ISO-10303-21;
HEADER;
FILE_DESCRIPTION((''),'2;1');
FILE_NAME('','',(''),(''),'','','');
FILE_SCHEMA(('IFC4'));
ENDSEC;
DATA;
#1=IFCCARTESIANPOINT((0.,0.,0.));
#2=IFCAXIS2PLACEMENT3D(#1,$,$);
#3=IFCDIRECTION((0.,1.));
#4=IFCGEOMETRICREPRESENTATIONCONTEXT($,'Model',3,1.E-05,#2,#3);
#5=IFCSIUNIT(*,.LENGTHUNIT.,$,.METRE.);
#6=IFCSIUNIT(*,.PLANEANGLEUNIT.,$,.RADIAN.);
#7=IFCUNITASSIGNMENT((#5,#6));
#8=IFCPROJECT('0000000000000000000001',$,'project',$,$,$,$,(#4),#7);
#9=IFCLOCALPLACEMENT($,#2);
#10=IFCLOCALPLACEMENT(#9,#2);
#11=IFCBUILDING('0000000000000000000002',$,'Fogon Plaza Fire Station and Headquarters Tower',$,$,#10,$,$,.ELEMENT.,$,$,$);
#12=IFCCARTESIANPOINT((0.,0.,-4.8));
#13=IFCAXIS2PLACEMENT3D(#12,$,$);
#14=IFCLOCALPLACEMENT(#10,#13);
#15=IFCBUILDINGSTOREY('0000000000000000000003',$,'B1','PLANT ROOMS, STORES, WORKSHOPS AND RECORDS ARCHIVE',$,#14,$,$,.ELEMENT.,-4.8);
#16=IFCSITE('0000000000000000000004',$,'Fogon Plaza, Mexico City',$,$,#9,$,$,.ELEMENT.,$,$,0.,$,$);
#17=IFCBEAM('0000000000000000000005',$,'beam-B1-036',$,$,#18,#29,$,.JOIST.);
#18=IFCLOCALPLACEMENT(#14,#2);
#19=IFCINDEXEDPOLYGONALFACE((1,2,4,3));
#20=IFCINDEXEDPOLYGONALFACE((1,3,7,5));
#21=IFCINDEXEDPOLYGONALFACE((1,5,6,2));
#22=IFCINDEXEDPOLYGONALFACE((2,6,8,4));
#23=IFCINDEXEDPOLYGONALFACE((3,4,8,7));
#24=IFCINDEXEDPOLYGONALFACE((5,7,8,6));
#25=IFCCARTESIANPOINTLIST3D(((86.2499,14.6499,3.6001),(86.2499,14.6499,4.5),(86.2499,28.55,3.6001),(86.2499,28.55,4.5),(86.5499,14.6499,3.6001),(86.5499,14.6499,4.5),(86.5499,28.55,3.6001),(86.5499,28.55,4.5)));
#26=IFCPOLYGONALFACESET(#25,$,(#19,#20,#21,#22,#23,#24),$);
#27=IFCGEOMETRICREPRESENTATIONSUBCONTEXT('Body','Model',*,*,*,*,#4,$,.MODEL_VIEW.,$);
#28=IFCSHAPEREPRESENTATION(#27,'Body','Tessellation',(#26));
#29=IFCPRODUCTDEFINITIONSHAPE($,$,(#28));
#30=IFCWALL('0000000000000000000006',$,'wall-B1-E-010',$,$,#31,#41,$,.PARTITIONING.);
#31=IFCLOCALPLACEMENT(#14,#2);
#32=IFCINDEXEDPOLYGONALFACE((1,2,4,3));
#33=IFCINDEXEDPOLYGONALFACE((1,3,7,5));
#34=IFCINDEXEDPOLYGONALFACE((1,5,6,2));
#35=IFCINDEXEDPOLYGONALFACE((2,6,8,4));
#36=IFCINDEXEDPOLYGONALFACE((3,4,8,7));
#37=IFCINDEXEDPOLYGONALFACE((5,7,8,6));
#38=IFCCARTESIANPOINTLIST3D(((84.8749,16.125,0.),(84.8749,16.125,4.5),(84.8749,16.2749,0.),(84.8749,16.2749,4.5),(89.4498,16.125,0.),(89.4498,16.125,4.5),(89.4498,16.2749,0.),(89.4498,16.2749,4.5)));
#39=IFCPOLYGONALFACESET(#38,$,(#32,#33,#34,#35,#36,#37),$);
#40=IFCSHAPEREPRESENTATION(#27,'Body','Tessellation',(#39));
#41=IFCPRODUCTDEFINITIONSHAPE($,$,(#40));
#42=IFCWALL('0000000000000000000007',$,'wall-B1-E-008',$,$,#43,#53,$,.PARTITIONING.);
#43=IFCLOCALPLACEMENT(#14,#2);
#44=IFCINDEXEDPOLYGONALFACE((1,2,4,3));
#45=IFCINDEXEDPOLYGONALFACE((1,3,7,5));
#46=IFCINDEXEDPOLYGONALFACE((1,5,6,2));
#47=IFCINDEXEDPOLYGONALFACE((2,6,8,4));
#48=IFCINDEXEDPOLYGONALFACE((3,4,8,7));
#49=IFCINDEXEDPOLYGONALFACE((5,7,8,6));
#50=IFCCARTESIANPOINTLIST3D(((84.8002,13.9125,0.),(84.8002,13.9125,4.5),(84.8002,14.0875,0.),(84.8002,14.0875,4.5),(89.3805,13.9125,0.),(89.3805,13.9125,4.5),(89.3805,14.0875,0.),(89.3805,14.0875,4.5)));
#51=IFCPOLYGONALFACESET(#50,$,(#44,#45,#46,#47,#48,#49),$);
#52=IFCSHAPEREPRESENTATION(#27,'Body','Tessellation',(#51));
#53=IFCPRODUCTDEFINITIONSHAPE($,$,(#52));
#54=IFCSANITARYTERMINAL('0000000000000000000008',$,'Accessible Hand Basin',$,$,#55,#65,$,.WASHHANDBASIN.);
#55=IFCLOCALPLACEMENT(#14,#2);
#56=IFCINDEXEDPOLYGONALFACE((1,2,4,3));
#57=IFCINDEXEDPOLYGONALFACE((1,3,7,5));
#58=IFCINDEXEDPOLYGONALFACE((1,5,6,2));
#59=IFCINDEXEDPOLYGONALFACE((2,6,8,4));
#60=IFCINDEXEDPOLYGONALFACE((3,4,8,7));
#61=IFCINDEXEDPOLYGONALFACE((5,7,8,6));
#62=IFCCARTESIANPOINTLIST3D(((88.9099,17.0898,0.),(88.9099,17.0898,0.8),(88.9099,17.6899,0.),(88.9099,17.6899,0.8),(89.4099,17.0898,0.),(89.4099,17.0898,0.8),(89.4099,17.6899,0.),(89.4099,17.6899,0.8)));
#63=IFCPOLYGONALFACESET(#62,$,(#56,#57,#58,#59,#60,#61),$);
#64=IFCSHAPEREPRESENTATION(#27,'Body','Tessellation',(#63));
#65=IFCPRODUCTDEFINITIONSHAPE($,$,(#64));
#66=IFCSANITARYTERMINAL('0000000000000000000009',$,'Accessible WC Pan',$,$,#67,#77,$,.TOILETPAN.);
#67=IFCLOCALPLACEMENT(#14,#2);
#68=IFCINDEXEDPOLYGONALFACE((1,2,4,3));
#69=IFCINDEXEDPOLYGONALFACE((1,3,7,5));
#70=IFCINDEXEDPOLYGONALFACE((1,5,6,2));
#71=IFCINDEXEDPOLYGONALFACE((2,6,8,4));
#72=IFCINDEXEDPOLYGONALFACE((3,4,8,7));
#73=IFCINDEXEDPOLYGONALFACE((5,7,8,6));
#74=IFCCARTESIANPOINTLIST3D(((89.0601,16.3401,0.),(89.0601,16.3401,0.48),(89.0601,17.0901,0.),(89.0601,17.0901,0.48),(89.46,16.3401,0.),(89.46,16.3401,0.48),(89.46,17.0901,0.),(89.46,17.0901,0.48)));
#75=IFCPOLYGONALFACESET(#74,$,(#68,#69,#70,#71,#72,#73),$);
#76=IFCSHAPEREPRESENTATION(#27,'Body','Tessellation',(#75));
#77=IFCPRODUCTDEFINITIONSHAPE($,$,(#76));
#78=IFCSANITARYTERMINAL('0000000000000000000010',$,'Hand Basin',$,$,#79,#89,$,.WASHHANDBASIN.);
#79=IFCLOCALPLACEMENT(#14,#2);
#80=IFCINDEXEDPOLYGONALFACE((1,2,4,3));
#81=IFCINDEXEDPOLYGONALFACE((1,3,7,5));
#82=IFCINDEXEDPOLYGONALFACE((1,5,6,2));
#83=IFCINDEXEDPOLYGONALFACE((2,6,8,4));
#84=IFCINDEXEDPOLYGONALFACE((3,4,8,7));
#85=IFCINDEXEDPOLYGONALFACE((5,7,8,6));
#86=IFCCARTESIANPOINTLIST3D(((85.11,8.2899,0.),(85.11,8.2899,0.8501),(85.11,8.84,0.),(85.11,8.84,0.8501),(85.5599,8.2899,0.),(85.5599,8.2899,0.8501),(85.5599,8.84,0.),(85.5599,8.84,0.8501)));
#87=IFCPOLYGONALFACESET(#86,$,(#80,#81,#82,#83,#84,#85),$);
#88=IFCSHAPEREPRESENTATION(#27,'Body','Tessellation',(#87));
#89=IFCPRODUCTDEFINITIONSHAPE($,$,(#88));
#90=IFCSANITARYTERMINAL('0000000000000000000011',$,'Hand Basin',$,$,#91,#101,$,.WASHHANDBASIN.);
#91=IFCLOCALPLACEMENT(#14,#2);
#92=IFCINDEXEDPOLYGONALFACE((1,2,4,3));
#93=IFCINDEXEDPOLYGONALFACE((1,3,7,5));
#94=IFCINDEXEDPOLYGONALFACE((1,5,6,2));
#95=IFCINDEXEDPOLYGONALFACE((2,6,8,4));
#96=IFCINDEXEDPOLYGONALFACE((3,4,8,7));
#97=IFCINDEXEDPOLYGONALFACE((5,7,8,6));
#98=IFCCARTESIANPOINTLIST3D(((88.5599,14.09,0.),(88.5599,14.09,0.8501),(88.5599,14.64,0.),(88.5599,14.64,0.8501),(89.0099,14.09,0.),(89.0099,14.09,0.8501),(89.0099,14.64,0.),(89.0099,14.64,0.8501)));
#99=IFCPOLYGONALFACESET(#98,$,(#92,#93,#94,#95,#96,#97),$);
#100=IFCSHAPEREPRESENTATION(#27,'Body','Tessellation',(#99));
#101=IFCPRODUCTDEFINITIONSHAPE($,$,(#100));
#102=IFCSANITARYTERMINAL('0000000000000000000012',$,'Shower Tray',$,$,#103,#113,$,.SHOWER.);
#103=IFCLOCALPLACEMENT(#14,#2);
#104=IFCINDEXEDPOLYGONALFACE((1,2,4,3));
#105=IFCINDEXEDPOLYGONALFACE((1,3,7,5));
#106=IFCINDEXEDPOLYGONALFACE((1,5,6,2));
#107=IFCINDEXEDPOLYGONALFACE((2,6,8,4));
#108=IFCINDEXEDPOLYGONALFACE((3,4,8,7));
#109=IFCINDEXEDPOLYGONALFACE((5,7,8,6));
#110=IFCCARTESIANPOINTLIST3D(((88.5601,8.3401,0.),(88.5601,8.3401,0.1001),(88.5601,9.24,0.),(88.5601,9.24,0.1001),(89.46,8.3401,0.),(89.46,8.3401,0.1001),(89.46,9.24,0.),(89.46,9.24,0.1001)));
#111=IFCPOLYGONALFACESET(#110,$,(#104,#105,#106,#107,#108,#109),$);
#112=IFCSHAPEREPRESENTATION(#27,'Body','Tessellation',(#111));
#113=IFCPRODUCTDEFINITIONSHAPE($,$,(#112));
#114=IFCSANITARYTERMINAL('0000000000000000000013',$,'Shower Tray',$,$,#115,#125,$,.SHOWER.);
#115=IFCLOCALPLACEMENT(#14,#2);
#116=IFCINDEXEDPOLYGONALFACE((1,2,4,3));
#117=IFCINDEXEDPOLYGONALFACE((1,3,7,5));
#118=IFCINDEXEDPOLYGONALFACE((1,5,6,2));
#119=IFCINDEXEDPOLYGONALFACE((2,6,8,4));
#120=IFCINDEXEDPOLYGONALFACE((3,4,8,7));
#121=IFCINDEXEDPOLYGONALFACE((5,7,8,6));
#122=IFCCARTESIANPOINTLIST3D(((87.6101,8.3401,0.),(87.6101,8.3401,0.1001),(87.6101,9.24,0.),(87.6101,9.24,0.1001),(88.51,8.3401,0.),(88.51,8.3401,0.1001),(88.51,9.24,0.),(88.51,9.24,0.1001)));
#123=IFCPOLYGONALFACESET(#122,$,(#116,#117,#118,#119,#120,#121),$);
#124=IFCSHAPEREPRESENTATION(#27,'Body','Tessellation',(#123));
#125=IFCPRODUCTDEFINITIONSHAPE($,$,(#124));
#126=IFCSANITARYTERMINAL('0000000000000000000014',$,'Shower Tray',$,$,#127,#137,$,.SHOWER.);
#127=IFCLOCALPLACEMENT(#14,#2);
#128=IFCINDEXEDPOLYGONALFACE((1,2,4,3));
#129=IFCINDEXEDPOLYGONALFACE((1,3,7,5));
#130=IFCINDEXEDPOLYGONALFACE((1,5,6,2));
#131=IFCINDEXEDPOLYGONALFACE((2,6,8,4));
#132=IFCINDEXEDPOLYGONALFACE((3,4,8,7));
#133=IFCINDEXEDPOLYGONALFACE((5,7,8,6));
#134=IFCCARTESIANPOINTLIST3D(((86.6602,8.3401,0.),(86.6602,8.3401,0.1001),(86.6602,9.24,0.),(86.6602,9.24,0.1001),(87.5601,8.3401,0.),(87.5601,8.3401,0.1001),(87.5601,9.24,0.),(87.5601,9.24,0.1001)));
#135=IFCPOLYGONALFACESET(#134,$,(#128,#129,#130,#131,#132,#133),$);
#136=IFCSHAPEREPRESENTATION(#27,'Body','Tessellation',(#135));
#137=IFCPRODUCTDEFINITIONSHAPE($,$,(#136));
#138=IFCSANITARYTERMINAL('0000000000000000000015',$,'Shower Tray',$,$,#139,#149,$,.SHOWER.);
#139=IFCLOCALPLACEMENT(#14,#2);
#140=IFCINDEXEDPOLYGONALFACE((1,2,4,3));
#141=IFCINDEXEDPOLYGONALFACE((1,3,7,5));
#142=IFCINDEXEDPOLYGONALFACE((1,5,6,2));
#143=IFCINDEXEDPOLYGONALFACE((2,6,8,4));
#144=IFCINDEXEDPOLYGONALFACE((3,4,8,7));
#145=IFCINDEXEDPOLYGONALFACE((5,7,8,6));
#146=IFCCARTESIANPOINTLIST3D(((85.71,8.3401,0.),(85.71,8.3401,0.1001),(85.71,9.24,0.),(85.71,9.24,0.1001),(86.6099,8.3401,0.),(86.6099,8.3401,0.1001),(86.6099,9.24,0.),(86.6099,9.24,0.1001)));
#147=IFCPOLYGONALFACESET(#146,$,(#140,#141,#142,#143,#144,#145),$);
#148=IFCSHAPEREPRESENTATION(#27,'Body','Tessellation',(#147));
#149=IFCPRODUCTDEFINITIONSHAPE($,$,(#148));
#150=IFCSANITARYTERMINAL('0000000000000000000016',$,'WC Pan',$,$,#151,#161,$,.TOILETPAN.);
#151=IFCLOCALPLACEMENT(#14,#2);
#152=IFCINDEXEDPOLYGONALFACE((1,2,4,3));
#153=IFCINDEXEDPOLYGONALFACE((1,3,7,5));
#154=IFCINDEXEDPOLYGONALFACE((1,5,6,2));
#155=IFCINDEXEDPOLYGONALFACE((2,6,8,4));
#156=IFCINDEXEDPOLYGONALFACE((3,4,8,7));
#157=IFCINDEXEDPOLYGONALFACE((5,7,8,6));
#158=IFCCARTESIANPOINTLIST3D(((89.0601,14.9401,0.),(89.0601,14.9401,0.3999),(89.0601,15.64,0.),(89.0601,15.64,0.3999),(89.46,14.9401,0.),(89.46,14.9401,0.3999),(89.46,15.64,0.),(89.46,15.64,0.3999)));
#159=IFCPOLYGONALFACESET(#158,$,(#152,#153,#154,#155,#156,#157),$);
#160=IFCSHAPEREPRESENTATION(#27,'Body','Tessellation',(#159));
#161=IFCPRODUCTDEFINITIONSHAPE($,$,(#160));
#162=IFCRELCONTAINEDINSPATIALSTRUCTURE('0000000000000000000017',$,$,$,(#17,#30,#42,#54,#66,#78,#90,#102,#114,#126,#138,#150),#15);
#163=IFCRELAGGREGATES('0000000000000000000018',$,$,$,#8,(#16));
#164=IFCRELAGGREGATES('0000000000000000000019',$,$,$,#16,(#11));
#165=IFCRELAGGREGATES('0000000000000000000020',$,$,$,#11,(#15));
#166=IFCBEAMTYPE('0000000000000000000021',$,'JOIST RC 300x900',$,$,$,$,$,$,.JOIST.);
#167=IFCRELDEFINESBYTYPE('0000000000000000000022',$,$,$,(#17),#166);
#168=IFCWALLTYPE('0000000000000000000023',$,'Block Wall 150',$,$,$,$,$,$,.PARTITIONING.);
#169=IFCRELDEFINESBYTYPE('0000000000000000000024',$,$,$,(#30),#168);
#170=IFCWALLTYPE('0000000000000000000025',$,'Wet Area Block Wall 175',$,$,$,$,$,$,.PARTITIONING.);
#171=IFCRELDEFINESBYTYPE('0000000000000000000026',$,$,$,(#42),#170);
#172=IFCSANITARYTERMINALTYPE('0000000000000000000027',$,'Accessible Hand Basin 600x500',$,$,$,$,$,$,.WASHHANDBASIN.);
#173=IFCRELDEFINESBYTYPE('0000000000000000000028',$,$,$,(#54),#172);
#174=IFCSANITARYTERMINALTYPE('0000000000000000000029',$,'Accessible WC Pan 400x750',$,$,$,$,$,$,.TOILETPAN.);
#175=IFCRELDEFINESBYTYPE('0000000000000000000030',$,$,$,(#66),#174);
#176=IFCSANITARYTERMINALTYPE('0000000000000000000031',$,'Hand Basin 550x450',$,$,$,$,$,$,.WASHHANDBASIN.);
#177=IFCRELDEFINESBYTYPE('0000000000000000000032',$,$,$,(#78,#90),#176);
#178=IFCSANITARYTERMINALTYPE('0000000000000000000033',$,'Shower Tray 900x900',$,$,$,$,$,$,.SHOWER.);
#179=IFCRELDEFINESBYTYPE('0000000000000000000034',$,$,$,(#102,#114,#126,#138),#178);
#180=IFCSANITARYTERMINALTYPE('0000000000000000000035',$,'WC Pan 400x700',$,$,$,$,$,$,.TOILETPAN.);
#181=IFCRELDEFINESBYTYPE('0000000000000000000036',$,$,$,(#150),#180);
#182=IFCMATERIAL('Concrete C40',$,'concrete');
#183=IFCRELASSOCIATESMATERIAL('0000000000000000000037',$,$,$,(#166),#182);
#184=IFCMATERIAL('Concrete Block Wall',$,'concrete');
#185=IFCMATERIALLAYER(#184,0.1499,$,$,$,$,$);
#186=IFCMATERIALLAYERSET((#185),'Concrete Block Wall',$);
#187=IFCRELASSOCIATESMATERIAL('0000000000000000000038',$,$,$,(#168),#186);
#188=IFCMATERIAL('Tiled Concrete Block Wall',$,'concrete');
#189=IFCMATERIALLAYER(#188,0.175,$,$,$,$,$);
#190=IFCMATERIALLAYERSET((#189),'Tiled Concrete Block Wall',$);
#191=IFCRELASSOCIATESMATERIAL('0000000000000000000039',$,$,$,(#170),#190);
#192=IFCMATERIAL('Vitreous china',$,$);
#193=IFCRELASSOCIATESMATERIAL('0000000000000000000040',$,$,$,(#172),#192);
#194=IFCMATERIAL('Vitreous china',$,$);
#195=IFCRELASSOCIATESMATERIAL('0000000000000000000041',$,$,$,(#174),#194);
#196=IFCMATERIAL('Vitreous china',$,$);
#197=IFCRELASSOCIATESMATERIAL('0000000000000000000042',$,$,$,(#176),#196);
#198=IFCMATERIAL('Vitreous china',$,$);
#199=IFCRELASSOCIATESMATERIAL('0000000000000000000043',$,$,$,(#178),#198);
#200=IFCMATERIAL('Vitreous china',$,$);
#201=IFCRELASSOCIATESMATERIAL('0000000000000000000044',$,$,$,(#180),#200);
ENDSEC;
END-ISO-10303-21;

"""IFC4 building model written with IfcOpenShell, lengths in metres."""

from ifc_helpers import new_model, si_unit, direction, frame, frame_2d, origin, origin_2d, place, context, subcontext, project, spatial, rectangle, extrude, material, layer, layer_set, material_profile, profile_set, type_object, element, save


model = new_model("IFC4")

# Units and contexts
model_context = context("Model", 3, precision=1e-05, world=origin(), true_north=direction((0.0, 1.0)))
body_context = subcontext(model_context, "Body", "Model", "MODEL_VIEW")
ifc_project = project(units=[si_unit("LENGTHUNIT", "METRE"), si_unit("PLANEANGLEUNIT", "RADIAN")], contexts=[model_context])

# Site, building, storey
site_placement = place(None, origin())
site = spatial("IfcSite", under=ifc_project, at=site_placement, Name="Fogon Plaza, Mexico City", CompositionType="ELEMENT", RefElevation=0.0)
building_placement = place(site_placement, origin())
building = spatial("IfcBuilding", under=site, at=building_placement, Name="Fogon Plaza Fire Station and Headquarters Tower", CompositionType="ELEMENT")
storey_placement = place(building_placement, frame((0.0, 0.0, -4.8)))
storey = spatial("IfcBuildingStorey", under=building, at=storey_placement, Name="B1", Description="PLANT ROOMS, STORES, WORKSHOPS AND RECORDS ARCHIVE", CompositionType="ELEMENT", Elevation=-4.8)

# Beam
ifc_material_1 = material(Name="Concrete C40", Category="concrete")
ifc_material_profile_1 = material_profile(ifc_material_1, rectangle(XDim=0.3, YDim=0.8999, at=origin_2d()), Name="RC 300x900")
ifc_profile_set_1 = profile_set([ifc_material_profile_1], Name="Concrete C40")
beam_type_1 = type_object("IfcBeamType", Name="JOIST RC 300x900", PredefinedType="JOIST", material=ifc_profile_set_1)
beam_1_placement = place(storey_placement, frame((86.3999, 14.6499, 4.05), z_axis=(0.0, 1.0, 0.0), x_axis=(-1.0, 0.0, 0.0)))
element("IfcBeam", 1, at=beam_1_placement, inside=storey, type_object=beam_type_1, Name="beam-B1-036", PredefinedType="JOIST", context=body_context, shape_type="SweptSolid", body=[
    extrude(rectangle(XDim=0.3, YDim=0.8999, at=origin_2d()), origin(), (0.0, 0.0, 1.0), 13.9001),
])

# Walls
ifc_material_2 = material(Name="Concrete Block Wall", Category="concrete")
ifc_layer_1 = layer(ifc_material_2, 0.1499)
ifc_layer_set_1 = layer_set([ifc_layer_1], Name="Concrete Block Wall")
wall_type_1 = type_object("IfcWallType", Name="Block Wall 150", PredefinedType="PARTITIONING", material=ifc_layer_set_1)
wall_1_placement = place(storey_placement, frame((89.45, 16.2, 0.0), z_axis=(0.0, 0.0, 1.0), x_axis=(-1.0, 0.0, 0.0)))
element("IfcWall", 2, at=wall_1_placement, inside=storey, type_object=wall_type_1, Name="wall-B1-E-010", PredefinedType="PARTITIONING", context=body_context, shape_type="SweptSolid", body=[
    extrude(rectangle(XDim=4.575, YDim=0.1499, at=frame_2d((2.2876, 0.0))), origin(), (0.0, 0.0, 1.0), 4.5),
])
ifc_material_3 = material(Name="Tiled Concrete Block Wall", Category="concrete")
ifc_layer_2 = layer(ifc_material_3, 0.175)
ifc_layer_set_2 = layer_set([ifc_layer_2], Name="Tiled Concrete Block Wall")
wall_type_2 = type_object("IfcWallType", Name="Wet Area Block Wall 175", PredefinedType="PARTITIONING", material=ifc_layer_set_2)
wall_2_placement = place(storey_placement, frame((89.3804, 14.0, 0.0), z_axis=(0.0, 0.0, 1.0), x_axis=(-1.0, 0.0, 0.0)))
element("IfcWall", 3, at=wall_2_placement, inside=storey, type_object=wall_type_2, Name="wall-B1-E-008", PredefinedType="PARTITIONING", context=body_context, shape_type="SweptSolid", body=[
    extrude(rectangle(XDim=4.5803, YDim=0.175, at=frame_2d((2.29, 0.0))), origin(), (0.0, 0.0, 1.0), 4.5),
])

# Sanitary terminals
ifc_material_4 = material(Name="Vitreous china")
sanitary_terminal_type_1 = type_object("IfcSanitaryTerminalType", Name="Accessible Hand Basin 600x500", PredefinedType="WASHHANDBASIN", material=ifc_material_4)
sanitary_terminal_1_placement = place(storey_placement, frame((89.1599, 17.3899, 0.0), z_axis=(0.0, 0.0, 1.0), x_axis=(1.0, 0.0, 0.0)))
element("IfcSanitaryTerminal", 4, at=sanitary_terminal_1_placement, inside=storey, type_object=sanitary_terminal_type_1, Name="Accessible Hand Basin", PredefinedType="WASHHANDBASIN", context=body_context, shape_type="SweptSolid", body=[
    extrude(rectangle(XDim=0.5, YDim=0.6001, at=origin_2d()), origin(), (0.0, 0.0, 1.0), 0.8),
])
ifc_material_5 = material(Name="Vitreous china")
sanitary_terminal_type_2 = type_object("IfcSanitaryTerminalType", Name="Accessible WC Pan 400x750", PredefinedType="TOILETPAN", material=ifc_material_5)
sanitary_terminal_2_placement = place(storey_placement, frame((89.26, 16.7151, 0.0), z_axis=(0.0, 0.0, 1.0), x_axis=(1.0, 0.0, 0.0)))
element("IfcSanitaryTerminal", 5, at=sanitary_terminal_2_placement, inside=storey, type_object=sanitary_terminal_type_2, Name="Accessible WC Pan", PredefinedType="TOILETPAN", context=body_context, shape_type="SweptSolid", body=[
    extrude(rectangle(XDim=0.3999, YDim=0.75, at=origin_2d()), origin(), (0.0, 0.0, 1.0), 0.48),
])
ifc_material_6 = material(Name="Vitreous china")
sanitary_terminal_type_3 = type_object("IfcSanitaryTerminalType", Name="Hand Basin 550x450", PredefinedType="WASHHANDBASIN", material=ifc_material_6)
for number, where, z_axis, x_axis, name in (
    (6, (85.335, 8.5649, 0.0), (0.0, 0.0, 1.0), (1.0, 0.0, 0.0), "Hand Basin"),
    (7, (88.7849, 14.365, 0.0), (0.0, 0.0, 1.0), (1.0, 0.0, 0.0), "Hand Basin"),
):
    element("IfcSanitaryTerminal", number, at=place(storey_placement, frame(where, z_axis=z_axis, x_axis=x_axis)), inside=storey, type_object=sanitary_terminal_type_3, Name=name, PredefinedType="WASHHANDBASIN", context=body_context, shape_type="SweptSolid", body=[
        extrude(rectangle(XDim=0.45, YDim=0.55, at=origin_2d()), origin(), (0.0, 0.0, 1.0), 0.8501),
    ])
ifc_material_7 = material(Name="Vitreous china")
sanitary_terminal_type_4 = type_object("IfcSanitaryTerminalType", Name="Shower Tray 900x900", PredefinedType="SHOWER", material=ifc_material_7)
for number, where, z_axis, x_axis, name in (
    (8, (89.01, 8.79, 0.0), (0.0, 0.0, 1.0), (1.0, 0.0, 0.0), "Shower Tray"),
    (9, (88.0601, 8.79, 0.0), (0.0, 0.0, 1.0), (1.0, 0.0, 0.0), "Shower Tray"),
    (10, (87.1101, 8.79, 0.0), (0.0, 0.0, 1.0), (1.0, 0.0, 0.0), "Shower Tray"),
    (11, (86.1599, 8.79, 0.0), (0.0, 0.0, 1.0), (1.0, 0.0, 0.0), "Shower Tray"),
):
    element("IfcSanitaryTerminal", number, at=place(storey_placement, frame(where, z_axis=z_axis, x_axis=x_axis)), inside=storey, type_object=sanitary_terminal_type_4, Name=name, PredefinedType="SHOWER", context=body_context, shape_type="SweptSolid", body=[
        extrude(rectangle(XDim=0.8999, YDim=0.8999, at=origin_2d()), origin(), (0.0, 0.0, 1.0), 0.1001),
    ])
ifc_material_8 = material(Name="Vitreous china")
sanitary_terminal_type_5 = type_object("IfcSanitaryTerminalType", Name="WC Pan 400x700", PredefinedType="TOILETPAN", material=ifc_material_8)
sanitary_terminal_3_placement = place(storey_placement, frame((89.26, 15.29, 0.0), z_axis=(0.0, 0.0, 1.0), x_axis=(1.0, 0.0, 0.0)))
element("IfcSanitaryTerminal", 12, at=sanitary_terminal_3_placement, inside=storey, type_object=sanitary_terminal_type_5, Name="WC Pan", PredefinedType="TOILETPAN", context=body_context, shape_type="SweptSolid", body=[
    extrude(rectangle(XDim=0.3999, YDim=0.7, at=origin_2d()), origin(), (0.0, 0.0, 1.0), 0.3999),
])

save(model, "model.ifc")
